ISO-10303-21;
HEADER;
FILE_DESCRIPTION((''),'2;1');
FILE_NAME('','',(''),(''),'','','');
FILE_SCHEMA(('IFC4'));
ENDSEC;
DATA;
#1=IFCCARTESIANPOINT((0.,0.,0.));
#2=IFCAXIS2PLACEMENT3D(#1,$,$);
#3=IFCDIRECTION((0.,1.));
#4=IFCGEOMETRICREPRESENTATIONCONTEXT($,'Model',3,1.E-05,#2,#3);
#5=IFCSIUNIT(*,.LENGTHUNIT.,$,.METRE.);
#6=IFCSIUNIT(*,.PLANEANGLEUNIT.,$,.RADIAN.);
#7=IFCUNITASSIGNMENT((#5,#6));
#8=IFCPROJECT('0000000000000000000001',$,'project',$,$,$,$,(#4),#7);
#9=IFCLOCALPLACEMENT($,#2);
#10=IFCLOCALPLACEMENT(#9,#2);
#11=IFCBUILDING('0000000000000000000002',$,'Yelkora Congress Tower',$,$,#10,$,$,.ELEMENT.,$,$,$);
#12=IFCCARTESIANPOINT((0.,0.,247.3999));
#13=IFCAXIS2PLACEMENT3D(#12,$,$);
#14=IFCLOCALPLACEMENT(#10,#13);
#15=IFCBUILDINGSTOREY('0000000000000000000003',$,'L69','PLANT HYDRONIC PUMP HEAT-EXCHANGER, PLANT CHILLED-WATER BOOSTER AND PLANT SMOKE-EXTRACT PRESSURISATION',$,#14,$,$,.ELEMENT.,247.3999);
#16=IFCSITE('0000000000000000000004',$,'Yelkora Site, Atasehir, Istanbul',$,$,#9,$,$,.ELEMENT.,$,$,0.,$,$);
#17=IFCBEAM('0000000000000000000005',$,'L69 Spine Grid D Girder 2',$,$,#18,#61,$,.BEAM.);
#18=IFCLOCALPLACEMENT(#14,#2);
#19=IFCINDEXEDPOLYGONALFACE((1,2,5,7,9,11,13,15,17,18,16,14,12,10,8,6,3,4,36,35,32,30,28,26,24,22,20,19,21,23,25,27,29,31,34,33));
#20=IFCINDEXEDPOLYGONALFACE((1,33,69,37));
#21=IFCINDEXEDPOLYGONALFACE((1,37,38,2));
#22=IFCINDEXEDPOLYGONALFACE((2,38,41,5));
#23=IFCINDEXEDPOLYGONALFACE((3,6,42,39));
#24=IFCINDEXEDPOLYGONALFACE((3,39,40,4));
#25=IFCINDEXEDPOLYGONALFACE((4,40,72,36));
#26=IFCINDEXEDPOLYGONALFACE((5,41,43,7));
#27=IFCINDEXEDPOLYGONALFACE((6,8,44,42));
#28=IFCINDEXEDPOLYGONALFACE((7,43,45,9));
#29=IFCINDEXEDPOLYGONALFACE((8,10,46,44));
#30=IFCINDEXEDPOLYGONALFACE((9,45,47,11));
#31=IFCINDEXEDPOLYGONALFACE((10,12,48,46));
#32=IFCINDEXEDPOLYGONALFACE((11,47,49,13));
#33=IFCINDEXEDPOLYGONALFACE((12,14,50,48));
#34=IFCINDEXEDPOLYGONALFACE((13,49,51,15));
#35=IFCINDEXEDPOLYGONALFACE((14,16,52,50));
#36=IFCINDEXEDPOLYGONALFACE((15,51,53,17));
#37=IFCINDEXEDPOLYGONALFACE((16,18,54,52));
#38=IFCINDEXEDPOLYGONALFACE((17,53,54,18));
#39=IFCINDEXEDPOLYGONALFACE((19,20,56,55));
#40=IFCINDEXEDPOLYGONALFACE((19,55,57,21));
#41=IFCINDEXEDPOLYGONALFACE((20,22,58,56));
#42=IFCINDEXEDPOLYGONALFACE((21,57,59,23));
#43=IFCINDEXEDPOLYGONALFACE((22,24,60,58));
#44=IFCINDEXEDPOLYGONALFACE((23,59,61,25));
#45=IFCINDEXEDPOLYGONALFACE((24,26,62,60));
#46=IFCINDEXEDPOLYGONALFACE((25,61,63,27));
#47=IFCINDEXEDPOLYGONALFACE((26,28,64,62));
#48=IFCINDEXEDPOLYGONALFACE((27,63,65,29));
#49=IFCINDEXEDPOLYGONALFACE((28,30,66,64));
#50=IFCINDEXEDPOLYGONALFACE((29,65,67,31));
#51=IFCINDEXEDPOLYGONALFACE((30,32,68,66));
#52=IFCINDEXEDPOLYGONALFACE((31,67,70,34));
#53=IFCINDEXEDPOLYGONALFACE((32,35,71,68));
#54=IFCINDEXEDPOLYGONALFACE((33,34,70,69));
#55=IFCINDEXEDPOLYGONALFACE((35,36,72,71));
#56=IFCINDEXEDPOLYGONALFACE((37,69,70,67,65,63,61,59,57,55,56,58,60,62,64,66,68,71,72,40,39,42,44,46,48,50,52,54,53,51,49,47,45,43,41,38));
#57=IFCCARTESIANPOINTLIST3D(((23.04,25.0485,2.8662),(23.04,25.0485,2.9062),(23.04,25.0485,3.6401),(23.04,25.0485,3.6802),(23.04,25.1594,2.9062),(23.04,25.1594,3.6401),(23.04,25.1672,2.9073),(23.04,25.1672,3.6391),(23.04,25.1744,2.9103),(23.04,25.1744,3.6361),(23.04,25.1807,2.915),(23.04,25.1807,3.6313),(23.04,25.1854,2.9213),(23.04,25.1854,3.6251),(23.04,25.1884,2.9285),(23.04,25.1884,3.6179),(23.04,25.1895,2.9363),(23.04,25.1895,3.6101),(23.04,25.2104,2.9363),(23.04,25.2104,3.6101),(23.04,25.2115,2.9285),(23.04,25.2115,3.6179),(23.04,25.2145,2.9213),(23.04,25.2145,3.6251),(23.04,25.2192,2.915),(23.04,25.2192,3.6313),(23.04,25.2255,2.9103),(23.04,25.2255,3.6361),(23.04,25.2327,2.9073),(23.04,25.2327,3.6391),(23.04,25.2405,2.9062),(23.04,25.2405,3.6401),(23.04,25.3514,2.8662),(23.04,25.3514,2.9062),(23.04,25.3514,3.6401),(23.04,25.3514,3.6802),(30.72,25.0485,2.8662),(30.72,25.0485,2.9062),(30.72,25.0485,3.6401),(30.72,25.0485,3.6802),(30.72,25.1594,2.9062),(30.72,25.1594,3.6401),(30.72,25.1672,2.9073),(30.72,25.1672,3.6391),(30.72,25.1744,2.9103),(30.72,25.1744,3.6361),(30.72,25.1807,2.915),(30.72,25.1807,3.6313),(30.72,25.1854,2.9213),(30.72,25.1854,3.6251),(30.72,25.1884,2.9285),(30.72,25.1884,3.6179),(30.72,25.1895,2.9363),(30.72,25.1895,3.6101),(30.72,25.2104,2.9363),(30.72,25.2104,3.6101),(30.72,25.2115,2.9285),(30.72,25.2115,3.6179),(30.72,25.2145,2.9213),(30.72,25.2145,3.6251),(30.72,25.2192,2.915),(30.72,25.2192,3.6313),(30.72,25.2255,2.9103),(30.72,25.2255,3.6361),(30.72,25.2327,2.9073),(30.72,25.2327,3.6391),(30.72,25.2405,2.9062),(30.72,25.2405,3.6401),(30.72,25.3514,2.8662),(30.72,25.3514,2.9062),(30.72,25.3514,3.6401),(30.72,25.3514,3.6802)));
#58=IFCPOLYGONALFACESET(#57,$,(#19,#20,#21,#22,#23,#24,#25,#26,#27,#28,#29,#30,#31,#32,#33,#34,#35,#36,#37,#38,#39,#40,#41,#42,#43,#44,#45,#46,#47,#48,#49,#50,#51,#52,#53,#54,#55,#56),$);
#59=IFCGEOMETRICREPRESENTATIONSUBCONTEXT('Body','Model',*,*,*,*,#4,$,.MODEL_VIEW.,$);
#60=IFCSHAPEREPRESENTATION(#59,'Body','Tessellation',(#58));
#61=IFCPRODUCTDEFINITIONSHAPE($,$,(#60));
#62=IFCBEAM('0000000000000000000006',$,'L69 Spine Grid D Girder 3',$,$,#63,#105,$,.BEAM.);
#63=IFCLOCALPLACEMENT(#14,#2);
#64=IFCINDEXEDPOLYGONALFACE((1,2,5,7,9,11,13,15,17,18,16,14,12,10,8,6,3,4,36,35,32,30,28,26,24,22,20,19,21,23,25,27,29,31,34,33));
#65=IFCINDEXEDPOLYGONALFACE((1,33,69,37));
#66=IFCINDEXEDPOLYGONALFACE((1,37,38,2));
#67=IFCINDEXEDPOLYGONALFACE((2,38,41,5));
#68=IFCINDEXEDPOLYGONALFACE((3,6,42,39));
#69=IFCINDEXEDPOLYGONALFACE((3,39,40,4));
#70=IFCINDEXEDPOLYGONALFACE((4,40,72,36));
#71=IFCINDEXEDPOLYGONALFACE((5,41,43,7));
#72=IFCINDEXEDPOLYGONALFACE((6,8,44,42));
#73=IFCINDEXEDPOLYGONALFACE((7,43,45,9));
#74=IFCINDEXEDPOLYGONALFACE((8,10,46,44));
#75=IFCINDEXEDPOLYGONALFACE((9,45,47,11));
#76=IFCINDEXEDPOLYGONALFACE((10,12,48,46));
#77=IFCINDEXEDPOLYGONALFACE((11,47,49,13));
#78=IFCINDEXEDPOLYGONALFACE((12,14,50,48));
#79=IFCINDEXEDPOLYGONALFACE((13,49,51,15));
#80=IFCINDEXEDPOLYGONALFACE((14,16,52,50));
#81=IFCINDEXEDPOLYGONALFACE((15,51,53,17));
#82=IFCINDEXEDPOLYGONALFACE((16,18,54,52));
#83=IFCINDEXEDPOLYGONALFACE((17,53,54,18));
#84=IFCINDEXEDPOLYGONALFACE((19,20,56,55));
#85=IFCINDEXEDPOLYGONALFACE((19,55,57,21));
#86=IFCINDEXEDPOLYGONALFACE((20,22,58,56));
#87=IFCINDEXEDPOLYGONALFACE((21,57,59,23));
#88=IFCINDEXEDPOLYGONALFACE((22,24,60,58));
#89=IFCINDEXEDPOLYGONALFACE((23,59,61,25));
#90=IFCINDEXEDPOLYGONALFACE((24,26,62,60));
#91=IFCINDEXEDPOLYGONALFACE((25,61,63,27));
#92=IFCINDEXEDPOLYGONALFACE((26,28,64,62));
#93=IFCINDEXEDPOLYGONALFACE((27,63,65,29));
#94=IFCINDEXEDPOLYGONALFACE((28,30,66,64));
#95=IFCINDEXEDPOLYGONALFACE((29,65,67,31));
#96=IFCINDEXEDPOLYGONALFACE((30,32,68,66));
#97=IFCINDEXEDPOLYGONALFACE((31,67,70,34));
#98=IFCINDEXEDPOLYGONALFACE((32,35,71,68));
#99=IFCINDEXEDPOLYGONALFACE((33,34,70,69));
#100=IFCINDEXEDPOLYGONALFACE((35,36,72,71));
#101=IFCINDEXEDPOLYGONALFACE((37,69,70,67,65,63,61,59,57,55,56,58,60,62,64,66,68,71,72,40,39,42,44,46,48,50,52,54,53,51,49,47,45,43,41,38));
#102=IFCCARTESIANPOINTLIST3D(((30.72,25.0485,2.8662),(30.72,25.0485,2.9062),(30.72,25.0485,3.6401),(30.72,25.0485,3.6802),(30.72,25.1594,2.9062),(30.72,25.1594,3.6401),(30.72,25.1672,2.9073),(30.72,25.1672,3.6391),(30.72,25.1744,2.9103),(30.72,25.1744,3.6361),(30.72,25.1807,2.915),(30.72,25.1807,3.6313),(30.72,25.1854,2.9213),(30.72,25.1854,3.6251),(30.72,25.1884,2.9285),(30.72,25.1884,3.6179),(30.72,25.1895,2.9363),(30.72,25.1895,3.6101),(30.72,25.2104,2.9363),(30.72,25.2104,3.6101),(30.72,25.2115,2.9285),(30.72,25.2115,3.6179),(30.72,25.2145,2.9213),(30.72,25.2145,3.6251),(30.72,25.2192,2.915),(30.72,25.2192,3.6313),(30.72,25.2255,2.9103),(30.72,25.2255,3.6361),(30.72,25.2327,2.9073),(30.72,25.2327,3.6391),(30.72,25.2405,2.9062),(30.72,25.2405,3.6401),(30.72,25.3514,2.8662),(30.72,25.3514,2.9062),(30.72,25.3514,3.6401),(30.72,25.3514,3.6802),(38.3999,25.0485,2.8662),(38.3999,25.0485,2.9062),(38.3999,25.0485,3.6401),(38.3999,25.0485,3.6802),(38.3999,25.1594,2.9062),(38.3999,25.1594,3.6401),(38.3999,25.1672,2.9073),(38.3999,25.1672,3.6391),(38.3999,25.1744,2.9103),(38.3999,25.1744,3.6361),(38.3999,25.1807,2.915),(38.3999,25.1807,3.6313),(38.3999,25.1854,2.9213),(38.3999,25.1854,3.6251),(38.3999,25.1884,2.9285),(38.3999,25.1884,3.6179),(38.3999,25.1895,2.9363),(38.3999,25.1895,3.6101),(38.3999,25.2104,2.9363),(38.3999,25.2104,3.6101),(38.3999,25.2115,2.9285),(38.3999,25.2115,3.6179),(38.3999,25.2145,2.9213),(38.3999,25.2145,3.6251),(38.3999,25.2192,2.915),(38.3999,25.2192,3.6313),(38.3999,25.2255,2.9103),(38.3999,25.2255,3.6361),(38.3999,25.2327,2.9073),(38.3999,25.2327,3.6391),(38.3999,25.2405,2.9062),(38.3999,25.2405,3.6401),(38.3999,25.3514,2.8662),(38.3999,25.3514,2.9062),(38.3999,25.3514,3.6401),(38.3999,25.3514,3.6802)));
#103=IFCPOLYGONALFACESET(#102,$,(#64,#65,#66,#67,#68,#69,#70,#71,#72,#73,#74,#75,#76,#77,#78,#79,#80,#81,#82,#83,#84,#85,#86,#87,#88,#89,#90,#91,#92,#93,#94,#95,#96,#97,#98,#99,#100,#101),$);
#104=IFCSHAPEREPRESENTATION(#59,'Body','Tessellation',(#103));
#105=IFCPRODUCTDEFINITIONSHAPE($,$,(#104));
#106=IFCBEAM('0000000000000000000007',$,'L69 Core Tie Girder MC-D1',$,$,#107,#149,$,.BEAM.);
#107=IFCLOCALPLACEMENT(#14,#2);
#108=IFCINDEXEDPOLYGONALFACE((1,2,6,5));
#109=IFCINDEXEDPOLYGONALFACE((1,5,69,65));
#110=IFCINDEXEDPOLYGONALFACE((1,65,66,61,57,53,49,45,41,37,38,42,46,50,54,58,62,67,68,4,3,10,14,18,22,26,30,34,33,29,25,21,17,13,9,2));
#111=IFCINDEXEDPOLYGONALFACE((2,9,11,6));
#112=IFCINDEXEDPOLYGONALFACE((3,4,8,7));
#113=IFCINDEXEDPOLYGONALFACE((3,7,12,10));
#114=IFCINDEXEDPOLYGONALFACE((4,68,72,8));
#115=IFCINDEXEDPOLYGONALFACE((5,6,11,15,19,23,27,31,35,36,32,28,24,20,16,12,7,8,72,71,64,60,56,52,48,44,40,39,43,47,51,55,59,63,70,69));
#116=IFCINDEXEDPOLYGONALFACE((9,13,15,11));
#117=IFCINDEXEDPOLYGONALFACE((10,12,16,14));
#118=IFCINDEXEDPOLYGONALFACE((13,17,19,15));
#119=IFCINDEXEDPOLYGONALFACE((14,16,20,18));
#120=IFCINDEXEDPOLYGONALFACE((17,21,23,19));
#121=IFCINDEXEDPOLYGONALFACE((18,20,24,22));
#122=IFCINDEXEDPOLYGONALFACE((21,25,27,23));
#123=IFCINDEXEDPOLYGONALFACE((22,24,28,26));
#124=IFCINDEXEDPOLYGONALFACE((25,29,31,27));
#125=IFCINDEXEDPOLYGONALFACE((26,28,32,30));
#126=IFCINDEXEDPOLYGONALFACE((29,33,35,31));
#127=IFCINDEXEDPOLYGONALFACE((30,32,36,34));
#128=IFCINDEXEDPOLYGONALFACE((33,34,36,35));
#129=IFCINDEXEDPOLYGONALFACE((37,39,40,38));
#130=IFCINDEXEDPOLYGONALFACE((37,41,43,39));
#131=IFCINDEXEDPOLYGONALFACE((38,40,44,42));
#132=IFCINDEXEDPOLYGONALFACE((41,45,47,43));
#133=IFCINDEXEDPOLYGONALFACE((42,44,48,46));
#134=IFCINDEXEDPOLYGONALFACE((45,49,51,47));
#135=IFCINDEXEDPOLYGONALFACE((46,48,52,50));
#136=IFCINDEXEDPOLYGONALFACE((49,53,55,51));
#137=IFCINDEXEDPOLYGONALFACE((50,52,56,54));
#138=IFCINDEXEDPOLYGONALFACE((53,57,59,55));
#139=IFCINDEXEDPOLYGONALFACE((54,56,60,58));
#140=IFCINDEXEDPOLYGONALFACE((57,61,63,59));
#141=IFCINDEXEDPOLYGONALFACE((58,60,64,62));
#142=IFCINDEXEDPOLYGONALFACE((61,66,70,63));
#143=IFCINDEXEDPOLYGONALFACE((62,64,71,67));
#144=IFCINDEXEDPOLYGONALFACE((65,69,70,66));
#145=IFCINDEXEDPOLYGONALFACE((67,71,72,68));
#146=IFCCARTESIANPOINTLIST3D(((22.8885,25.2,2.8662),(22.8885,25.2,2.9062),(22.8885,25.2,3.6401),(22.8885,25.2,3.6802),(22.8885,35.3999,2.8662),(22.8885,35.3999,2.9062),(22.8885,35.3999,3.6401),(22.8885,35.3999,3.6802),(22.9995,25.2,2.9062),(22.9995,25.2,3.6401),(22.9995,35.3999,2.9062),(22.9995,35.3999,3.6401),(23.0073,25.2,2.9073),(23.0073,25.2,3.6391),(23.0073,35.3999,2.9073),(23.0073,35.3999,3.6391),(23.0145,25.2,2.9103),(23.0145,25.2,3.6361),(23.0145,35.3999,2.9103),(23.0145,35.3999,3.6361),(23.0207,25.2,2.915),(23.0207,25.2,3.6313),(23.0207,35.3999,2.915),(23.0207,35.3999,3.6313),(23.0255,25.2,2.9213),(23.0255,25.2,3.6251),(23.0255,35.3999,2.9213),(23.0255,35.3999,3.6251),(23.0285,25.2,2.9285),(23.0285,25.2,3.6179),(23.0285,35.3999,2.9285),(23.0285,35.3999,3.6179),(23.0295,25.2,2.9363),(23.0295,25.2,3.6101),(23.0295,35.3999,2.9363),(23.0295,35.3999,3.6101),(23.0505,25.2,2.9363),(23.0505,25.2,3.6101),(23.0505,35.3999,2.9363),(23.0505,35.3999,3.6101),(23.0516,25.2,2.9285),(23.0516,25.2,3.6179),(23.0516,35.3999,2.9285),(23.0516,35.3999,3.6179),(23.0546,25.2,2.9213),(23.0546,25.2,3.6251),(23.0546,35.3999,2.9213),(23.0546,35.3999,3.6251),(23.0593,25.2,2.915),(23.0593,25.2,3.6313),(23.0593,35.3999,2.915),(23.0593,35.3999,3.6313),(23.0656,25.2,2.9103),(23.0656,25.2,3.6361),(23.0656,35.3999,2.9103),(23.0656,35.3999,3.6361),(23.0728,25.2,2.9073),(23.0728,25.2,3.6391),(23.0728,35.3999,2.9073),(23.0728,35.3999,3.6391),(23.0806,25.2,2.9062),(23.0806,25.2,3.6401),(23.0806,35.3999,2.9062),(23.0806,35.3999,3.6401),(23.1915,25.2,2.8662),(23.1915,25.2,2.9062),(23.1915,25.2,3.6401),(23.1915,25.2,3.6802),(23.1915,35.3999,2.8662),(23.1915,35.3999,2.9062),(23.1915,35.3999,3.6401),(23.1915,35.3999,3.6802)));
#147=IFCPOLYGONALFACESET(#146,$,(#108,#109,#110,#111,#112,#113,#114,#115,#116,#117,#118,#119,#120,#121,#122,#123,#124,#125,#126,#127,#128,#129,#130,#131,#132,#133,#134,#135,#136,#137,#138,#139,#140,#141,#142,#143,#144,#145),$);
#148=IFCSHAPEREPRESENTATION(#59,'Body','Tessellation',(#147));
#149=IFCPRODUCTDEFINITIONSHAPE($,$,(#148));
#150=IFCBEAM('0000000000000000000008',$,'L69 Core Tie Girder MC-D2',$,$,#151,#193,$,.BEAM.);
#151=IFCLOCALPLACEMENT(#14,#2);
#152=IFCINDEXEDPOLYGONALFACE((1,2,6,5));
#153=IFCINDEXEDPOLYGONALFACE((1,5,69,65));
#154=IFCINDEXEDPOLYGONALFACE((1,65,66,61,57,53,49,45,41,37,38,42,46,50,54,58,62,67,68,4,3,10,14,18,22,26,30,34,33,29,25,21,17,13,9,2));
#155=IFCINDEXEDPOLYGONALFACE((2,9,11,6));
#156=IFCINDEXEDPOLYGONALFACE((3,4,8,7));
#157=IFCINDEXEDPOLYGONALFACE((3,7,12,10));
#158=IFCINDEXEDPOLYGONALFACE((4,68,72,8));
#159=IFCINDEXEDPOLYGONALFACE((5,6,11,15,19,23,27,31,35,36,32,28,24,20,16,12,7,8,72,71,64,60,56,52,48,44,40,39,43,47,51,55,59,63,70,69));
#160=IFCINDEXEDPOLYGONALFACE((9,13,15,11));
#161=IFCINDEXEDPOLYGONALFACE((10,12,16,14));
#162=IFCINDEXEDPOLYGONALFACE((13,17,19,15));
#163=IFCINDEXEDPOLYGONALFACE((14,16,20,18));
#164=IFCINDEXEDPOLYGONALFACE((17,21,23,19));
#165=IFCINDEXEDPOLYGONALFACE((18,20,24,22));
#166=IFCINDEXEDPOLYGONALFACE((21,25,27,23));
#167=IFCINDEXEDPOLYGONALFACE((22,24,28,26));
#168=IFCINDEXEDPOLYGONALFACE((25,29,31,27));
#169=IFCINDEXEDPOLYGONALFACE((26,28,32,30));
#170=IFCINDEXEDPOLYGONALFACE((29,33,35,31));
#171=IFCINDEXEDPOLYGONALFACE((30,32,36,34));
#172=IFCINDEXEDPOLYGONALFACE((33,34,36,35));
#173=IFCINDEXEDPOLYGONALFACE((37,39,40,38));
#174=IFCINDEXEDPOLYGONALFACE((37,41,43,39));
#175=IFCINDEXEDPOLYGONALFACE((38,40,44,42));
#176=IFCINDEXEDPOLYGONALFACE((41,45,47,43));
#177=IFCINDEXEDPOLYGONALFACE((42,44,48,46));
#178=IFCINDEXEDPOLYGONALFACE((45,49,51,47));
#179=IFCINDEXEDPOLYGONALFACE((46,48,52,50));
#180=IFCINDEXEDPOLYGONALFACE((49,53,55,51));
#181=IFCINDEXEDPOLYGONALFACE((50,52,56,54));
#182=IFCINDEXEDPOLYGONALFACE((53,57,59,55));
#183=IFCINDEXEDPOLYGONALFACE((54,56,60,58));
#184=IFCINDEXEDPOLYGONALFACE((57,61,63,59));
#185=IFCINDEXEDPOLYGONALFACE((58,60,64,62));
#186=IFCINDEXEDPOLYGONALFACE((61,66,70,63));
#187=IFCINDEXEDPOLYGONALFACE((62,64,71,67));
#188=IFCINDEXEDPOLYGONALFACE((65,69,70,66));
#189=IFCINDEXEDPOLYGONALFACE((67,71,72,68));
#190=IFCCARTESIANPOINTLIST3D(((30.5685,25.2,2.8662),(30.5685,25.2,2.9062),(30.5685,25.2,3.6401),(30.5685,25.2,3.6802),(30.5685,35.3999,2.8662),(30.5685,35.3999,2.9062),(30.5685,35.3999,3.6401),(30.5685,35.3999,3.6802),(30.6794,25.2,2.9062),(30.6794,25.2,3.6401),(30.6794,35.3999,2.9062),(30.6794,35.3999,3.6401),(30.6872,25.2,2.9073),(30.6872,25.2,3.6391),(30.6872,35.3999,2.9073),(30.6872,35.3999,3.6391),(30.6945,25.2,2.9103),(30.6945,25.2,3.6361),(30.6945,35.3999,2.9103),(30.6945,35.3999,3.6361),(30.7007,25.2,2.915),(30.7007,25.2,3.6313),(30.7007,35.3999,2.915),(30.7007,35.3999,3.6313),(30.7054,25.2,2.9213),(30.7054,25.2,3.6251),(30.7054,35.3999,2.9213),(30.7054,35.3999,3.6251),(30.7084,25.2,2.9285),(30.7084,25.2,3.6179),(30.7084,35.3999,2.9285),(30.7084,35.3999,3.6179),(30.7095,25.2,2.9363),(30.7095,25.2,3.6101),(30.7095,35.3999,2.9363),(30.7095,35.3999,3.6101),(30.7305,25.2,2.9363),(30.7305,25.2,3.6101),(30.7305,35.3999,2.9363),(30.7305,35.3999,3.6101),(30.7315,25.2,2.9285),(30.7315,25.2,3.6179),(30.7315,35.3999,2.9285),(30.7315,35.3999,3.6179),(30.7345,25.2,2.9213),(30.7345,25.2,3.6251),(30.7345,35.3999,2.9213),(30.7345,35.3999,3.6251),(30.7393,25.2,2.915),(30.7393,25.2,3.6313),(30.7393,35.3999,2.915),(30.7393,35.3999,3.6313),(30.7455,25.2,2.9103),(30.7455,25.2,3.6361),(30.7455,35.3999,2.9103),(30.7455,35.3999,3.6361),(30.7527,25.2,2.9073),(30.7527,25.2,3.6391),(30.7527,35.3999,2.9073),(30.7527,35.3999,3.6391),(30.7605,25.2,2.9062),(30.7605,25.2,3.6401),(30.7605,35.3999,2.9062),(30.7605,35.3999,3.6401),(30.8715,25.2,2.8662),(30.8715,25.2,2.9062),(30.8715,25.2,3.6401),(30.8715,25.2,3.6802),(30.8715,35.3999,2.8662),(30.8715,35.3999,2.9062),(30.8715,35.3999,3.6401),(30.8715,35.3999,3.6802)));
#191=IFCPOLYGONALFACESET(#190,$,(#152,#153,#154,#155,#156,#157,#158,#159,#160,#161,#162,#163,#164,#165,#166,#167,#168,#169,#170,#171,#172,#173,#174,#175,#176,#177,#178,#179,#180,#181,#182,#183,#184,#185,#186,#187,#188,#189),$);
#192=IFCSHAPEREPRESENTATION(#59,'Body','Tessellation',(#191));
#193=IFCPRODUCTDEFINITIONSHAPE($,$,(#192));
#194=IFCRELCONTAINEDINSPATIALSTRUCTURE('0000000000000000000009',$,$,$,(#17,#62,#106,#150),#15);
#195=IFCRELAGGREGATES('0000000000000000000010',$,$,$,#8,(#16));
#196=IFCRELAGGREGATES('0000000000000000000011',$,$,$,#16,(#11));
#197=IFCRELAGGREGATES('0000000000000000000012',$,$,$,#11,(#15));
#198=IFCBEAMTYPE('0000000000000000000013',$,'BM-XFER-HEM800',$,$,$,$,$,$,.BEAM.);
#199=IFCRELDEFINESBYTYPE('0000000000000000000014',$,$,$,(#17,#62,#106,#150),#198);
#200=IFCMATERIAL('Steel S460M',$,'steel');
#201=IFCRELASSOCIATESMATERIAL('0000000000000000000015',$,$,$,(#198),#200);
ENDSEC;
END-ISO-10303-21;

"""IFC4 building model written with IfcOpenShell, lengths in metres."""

from ifc_helpers import new_model, si_unit, direction, frame, origin, origin_2d, place, context, subcontext, project, spatial, i_section, extrude, material, material_profile, profile_set, type_object, element, save


model = new_model("IFC4")

# Units and contexts
model_context = context("Model", 3, precision=1e-05, world=origin(), true_north=direction((0.0, 1.0)))
body_context = subcontext(model_context, "Body", "Model", "MODEL_VIEW")
ifc_project = project(units=[si_unit("LENGTHUNIT", "METRE"), si_unit("PLANEANGLEUNIT", "RADIAN")], contexts=[model_context])

# Site, building, storey
site_placement = place(None, origin())
site = spatial("IfcSite", under=ifc_project, at=site_placement, Name="Yelkora Site, Atasehir, Istanbul", CompositionType="ELEMENT", RefElevation=0.0)
building_placement = place(site_placement, origin())
building = spatial("IfcBuilding", under=site, at=building_placement, Name="Yelkora Congress Tower", CompositionType="ELEMENT")
storey_placement = place(building_placement, frame((0.0, 0.0, 247.3999)))
storey = spatial("IfcBuildingStorey", under=building, at=storey_placement, Name="L69", Description="PLANT HYDRONIC PUMP HEAT-EXCHANGER, PLANT CHILLED-WATER BOOSTER AND PLANT SMOKE-EXTRACT PRESSURISATION", CompositionType="ELEMENT", Elevation=247.3999)

# Shared definitions
ifc_material_1 = material(Name="Steel S460M", Category="steel")

# Beams
ifc_material_profile_1 = material_profile(ifc_material_1, i_section(OverallWidth=0.303, OverallDepth=0.814, WebThickness=0.021, FlangeThickness=0.04, FilletRadius=0.03, at=origin_2d()), Name="HEM 800")
ifc_profile_set_1 = profile_set([ifc_material_profile_1], Name="Steel S460M")
beam_type = type_object("IfcBeamType", Name="BM-XFER-HEM800", PredefinedType="BEAM", material=ifc_profile_set_1)
for number, where, z_axis, x_axis, name in (
    (1, (23.04, 25.2, 3.2732), (1.0, 0.0, 0.0), (0.0, 1.0, 0.0), "L69 Spine Grid D Girder 2"),
    (2, (30.72, 25.2, 3.2732), (1.0, 0.0, 0.0), (0.0, 1.0, 0.0), "L69 Spine Grid D Girder 3"),
):
    element("IfcBeam", number, at=place(storey_placement, frame(where, z_axis=z_axis, x_axis=x_axis)), inside=storey, type_object=beam_type, Name=name, PredefinedType="BEAM", context=body_context, shape_type="SweptSolid", body=[
        extrude(i_section(OverallWidth=0.303, OverallDepth=0.814, WebThickness=0.021, FlangeThickness=0.04, FilletRadius=0.03, at=origin_2d()), origin(), (0.0, 0.0, 1.0), 7.6799),
    ])
for number, where, z_axis, x_axis, name in (
    (3, (23.04, 25.2, 3.2732), (0.0, 1.0, 0.0), (-1.0, 0.0, 0.0), "L69 Core Tie Girder MC-D1"),
    (4, (30.72, 25.2, 3.2732), (0.0, 1.0, 0.0), (-1.0, 0.0, 0.0), "L69 Core Tie Girder MC-D2"),
):
    element("IfcBeam", number, at=place(storey_placement, frame(where, z_axis=z_axis, x_axis=x_axis)), inside=storey, type_object=beam_type, Name=name, PredefinedType="BEAM", context=body_context, shape_type="SweptSolid", body=[
        extrude(i_section(OverallWidth=0.303, OverallDepth=0.814, WebThickness=0.021, FlangeThickness=0.04, FilletRadius=0.03, at=origin_2d()), origin(), (0.0, 0.0, 1.0), 10.2),
    ])

save(model, "model.ifc")
